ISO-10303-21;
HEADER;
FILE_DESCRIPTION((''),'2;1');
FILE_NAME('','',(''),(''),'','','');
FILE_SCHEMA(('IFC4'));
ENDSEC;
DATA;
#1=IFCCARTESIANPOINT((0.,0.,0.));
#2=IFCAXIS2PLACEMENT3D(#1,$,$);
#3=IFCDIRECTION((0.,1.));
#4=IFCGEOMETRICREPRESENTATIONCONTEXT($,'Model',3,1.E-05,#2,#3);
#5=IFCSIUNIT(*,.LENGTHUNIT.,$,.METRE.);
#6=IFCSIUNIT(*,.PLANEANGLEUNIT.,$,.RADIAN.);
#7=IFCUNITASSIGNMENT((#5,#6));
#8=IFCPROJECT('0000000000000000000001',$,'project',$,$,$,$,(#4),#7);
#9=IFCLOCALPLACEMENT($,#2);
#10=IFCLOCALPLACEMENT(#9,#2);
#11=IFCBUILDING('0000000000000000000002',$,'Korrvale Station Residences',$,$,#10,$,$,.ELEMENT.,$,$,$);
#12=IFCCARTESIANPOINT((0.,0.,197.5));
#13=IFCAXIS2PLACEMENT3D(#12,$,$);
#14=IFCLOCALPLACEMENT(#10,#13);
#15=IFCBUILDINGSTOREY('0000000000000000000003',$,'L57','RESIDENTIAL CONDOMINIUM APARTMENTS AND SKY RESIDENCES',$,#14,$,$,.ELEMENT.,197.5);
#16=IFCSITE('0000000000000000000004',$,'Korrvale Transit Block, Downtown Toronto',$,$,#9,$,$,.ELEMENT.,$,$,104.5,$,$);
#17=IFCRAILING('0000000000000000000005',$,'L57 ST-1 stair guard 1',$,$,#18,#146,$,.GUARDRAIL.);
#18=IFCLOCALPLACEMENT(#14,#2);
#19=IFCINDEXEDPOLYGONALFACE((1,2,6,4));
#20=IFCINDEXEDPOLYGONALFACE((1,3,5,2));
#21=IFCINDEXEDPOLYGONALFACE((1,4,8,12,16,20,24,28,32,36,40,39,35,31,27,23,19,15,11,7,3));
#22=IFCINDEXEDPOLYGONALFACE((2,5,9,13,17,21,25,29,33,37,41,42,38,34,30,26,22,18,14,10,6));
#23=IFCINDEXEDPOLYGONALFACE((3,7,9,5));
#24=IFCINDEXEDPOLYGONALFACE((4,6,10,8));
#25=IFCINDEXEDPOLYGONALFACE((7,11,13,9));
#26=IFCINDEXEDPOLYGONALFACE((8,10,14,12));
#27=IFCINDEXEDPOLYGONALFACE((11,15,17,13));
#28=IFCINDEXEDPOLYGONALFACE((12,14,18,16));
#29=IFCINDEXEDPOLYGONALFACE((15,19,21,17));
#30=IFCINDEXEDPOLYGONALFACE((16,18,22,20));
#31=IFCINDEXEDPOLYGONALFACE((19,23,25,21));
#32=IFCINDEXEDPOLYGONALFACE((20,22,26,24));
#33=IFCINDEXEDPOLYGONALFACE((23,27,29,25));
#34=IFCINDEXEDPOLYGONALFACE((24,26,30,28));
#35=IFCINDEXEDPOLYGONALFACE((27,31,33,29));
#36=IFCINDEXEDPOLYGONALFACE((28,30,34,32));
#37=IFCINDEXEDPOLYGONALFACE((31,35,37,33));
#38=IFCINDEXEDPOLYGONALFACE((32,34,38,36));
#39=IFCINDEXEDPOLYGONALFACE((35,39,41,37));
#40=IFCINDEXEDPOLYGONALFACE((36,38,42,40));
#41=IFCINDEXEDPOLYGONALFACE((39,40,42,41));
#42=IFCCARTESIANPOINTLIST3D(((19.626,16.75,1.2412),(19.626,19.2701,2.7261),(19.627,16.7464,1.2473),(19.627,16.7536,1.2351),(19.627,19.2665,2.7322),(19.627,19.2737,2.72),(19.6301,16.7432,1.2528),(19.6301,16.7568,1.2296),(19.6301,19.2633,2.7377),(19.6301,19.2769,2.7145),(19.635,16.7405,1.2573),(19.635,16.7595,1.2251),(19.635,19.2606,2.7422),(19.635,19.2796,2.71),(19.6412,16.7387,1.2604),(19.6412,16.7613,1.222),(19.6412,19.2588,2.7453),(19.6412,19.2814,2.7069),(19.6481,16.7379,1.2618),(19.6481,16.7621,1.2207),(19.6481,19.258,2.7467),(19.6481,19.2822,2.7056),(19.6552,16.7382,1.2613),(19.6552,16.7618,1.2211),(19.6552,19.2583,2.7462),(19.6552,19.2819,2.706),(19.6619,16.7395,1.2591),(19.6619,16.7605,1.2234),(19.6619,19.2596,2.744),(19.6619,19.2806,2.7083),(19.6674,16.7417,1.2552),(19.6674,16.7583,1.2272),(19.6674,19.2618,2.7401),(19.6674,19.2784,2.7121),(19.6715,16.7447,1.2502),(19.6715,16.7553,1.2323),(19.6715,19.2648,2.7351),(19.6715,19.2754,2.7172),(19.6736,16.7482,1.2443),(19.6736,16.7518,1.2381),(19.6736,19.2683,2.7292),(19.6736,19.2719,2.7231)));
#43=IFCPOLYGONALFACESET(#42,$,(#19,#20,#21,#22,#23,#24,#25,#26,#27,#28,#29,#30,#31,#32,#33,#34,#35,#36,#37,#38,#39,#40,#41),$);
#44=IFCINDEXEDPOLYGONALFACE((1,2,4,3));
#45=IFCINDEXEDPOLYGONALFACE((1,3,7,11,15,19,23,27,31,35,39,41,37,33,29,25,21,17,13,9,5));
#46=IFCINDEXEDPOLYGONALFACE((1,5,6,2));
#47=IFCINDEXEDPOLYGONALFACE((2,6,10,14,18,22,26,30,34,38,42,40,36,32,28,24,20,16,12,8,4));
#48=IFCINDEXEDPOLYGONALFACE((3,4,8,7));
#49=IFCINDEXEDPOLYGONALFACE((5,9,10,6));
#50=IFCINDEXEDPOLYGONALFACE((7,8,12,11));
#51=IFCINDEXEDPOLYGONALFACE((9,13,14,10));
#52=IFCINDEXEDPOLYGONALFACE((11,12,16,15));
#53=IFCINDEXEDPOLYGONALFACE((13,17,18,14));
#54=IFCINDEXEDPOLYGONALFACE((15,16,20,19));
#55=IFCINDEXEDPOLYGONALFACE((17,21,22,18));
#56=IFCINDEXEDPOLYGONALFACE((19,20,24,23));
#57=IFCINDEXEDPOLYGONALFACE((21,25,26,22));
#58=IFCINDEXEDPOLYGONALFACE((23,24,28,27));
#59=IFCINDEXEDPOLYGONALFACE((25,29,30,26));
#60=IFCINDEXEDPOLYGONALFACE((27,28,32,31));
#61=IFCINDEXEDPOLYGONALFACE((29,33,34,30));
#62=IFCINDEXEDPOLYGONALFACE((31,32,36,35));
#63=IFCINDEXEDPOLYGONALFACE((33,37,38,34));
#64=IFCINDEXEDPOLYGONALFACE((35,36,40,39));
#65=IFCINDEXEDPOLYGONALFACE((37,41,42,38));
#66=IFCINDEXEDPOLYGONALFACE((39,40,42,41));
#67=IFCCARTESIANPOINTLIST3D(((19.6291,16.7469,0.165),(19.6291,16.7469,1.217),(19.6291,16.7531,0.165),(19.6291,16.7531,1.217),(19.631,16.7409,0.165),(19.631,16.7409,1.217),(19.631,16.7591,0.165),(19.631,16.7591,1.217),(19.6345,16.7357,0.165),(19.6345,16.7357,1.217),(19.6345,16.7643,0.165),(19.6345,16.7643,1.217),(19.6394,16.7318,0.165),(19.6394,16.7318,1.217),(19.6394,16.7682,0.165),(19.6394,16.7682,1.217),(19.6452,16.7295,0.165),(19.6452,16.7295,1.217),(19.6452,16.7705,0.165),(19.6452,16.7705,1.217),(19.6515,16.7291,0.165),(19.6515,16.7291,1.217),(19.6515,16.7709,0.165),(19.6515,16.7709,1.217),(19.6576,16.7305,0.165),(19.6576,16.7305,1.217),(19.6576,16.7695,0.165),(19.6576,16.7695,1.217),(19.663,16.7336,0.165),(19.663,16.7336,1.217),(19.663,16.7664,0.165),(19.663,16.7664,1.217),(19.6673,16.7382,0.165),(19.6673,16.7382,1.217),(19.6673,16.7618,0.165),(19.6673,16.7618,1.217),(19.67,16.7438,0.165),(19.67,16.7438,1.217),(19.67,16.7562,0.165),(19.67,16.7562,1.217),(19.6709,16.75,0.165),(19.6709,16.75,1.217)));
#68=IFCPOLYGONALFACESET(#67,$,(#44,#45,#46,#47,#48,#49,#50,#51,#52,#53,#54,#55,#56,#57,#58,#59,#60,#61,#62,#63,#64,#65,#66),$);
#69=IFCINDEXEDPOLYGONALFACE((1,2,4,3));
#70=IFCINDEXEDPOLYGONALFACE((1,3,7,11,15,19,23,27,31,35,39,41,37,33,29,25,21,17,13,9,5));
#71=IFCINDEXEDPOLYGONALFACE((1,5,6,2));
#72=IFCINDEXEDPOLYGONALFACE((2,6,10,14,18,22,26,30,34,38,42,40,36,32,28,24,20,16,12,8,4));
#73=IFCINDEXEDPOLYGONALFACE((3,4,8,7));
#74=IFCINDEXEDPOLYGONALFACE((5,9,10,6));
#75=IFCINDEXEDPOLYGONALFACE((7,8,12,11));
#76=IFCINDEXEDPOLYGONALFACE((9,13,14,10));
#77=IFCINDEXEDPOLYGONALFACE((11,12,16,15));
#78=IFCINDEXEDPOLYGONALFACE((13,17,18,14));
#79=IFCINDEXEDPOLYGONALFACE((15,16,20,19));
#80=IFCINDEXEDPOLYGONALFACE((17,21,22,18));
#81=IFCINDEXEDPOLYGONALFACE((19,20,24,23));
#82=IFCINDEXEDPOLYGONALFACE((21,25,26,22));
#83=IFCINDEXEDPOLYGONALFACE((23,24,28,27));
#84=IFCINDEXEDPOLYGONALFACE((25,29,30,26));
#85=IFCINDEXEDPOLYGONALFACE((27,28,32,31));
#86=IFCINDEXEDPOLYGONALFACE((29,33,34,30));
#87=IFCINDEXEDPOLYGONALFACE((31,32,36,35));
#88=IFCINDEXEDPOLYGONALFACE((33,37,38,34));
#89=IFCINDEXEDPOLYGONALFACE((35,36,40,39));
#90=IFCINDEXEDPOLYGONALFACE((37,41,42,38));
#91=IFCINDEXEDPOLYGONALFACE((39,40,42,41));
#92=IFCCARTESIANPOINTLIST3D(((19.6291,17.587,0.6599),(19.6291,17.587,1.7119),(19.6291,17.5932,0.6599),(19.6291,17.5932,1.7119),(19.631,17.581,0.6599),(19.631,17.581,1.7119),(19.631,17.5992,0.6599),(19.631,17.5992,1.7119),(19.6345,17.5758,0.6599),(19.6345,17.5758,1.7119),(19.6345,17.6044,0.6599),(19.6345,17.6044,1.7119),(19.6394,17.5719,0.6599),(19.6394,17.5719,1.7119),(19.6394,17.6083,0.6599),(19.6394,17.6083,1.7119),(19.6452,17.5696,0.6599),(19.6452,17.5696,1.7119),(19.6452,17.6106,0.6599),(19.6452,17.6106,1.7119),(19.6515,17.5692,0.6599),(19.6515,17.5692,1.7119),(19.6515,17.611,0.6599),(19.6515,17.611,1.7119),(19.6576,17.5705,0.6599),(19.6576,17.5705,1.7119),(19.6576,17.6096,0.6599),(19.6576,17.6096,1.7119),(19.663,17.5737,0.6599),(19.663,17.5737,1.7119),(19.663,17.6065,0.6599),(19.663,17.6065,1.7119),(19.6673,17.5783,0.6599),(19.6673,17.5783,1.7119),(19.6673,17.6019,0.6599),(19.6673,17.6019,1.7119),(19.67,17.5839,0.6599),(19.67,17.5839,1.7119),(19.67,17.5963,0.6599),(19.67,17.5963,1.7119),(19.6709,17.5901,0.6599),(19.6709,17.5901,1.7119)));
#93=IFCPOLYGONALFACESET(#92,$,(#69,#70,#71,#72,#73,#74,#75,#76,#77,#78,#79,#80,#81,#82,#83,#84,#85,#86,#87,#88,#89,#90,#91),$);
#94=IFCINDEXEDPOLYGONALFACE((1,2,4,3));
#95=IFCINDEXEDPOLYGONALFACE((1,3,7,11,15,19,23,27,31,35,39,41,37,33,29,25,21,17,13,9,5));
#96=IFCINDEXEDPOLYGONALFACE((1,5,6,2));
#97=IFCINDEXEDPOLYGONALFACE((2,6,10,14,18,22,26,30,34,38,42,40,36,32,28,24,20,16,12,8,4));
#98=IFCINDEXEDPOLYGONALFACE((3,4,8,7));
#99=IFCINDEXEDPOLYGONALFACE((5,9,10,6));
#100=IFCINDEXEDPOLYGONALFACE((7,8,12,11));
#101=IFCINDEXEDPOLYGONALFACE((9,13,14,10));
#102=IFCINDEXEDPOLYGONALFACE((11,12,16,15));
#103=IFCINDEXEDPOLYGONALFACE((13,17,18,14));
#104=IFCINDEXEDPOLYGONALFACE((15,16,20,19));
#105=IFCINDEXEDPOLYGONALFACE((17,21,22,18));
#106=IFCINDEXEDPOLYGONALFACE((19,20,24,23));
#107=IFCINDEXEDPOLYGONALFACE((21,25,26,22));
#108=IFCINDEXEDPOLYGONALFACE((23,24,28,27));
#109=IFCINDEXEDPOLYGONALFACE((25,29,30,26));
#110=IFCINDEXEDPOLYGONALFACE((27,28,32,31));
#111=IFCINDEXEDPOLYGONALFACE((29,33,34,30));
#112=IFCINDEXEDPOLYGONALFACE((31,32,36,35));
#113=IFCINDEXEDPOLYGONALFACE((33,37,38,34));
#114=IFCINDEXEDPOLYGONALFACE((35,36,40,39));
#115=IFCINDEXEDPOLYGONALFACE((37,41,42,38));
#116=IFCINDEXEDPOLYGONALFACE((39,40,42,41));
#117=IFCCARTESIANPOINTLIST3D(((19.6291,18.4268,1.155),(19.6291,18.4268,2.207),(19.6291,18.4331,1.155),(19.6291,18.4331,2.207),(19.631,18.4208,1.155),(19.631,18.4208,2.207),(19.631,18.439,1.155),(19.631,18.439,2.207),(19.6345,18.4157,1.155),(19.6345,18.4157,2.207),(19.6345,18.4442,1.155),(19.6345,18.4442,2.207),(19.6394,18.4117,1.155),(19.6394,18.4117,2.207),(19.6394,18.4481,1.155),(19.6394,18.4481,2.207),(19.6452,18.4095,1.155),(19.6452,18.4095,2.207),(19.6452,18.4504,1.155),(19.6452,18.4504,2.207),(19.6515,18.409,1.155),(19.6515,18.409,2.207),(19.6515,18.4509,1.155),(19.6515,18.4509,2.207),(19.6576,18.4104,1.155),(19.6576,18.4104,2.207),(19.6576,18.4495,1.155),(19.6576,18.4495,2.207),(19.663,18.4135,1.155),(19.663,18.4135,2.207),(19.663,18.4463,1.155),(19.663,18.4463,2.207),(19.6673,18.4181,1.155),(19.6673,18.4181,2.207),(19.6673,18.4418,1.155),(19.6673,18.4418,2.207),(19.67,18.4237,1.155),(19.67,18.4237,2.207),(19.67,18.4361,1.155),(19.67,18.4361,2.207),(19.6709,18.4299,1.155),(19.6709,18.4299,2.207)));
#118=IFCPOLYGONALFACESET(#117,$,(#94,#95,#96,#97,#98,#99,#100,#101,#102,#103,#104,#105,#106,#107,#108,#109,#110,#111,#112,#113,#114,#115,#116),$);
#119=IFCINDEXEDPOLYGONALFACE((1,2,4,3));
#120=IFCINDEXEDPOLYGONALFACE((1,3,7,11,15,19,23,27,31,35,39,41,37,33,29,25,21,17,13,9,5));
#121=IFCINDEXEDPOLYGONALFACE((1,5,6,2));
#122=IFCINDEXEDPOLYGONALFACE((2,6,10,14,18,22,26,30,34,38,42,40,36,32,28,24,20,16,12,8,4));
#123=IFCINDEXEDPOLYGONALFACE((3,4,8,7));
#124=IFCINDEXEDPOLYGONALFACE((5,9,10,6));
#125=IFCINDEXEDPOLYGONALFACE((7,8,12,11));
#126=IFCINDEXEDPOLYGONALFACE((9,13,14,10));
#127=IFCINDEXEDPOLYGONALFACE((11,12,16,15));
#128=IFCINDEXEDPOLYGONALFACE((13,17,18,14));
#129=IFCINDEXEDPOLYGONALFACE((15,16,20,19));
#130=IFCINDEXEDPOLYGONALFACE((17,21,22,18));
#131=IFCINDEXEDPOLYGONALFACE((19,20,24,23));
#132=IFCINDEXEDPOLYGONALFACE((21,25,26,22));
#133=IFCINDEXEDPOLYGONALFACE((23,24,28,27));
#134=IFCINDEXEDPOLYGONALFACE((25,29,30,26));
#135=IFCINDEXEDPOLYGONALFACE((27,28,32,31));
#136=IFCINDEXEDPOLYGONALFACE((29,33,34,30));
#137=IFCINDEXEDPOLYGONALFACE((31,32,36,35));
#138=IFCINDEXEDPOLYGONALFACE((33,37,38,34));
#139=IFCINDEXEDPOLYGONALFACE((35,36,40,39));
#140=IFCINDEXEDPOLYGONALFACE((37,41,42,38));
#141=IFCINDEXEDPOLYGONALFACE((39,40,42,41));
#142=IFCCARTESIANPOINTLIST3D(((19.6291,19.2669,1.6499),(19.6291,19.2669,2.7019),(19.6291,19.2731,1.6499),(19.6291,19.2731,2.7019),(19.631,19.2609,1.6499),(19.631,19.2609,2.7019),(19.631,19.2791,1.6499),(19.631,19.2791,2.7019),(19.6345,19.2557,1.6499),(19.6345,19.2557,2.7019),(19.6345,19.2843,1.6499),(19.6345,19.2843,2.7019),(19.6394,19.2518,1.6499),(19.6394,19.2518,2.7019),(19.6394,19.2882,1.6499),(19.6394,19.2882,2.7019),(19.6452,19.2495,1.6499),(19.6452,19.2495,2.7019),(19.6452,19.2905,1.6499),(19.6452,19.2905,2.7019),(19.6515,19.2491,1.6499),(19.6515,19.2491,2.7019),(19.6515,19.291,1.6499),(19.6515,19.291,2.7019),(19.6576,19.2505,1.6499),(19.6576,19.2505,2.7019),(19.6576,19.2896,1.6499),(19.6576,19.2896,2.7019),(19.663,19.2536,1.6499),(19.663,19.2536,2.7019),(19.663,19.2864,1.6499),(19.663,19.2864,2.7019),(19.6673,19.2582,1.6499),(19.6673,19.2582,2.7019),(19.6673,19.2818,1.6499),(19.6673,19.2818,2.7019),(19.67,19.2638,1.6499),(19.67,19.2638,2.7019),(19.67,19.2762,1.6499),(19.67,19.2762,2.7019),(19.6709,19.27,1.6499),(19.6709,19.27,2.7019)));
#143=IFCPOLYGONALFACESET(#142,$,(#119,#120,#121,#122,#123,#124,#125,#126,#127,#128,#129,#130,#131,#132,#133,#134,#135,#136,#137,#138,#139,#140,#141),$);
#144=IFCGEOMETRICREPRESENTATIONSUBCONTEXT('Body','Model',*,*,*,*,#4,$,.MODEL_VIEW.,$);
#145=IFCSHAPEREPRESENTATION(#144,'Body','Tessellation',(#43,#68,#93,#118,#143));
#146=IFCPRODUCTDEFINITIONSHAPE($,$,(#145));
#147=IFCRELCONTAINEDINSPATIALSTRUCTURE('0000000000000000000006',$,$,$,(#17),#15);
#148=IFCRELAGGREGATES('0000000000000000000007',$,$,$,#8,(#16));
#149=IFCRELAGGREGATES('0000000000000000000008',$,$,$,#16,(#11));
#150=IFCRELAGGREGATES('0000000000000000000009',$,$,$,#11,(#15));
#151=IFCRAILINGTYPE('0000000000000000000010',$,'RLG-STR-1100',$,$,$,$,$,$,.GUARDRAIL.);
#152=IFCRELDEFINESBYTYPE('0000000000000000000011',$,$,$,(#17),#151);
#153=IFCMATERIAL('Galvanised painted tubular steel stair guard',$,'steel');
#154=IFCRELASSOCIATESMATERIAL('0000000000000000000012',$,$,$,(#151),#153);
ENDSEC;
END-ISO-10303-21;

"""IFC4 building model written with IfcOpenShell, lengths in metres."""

from ifc_helpers import new_model, si_unit, direction, frame, origin, origin_2d, place, context, subcontext, project, spatial, circle, extrude, material, type_object, element, save


model = new_model("IFC4")

# Units and contexts
model_context = context("Model", 3, precision=1e-05, world=origin(), true_north=direction((0.0, 1.0)))
body_context = subcontext(model_context, "Body", "Model", "MODEL_VIEW")
ifc_project = project(units=[si_unit("LENGTHUNIT", "METRE"), si_unit("PLANEANGLEUNIT", "RADIAN")], contexts=[model_context])

# Site, building, storey
site_placement = place(None, origin())
site = spatial("IfcSite", under=ifc_project, at=site_placement, Name="Korrvale Transit Block, Downtown Toronto", CompositionType="ELEMENT", RefElevation=104.5)
building_placement = place(site_placement, origin())
building = spatial("IfcBuilding", under=site, at=building_placement, Name="Korrvale Station Residences", CompositionType="ELEMENT")
storey_placement = place(building_placement, frame((0.0, 0.0, 197.5)))
storey = spatial("IfcBuildingStorey", under=building, at=storey_placement, Name="L57", Description="RESIDENTIAL CONDOMINIUM APARTMENTS AND SKY RESIDENCES", CompositionType="ELEMENT", Elevation=197.5)

# Railing
ifc_material_1 = material(Name="Galvanised painted tubular steel stair guard", Category="steel")
railing_type_1 = type_object("IfcRailingType", Name="RLG-STR-1100", PredefinedType="GUARDRAIL", material=ifc_material_1)
railing_1_placement = place(storey_placement, frame((19.6499, 16.75, 0.165)))
element("IfcRailing", 1, at=railing_1_placement, inside=storey, type_object=railing_type_1, Name="L57 ST-1 stair guard 1", PredefinedType="GUARDRAIL", context=body_context, shape_type="SweptSolid", body=[
    extrude(circle(Radius=0.0239, at=origin_2d()), frame((0.0, 0.0, 1.0762), z_axis=(0.0, 0.861561, 0.507655), x_axis=(-1.0, 0.0, 0.0)), (0.0, 0.0, 1.0), 2.925),
    extrude(circle(Radius=0.021, at=origin_2d()), origin(), (0.0, 0.0, 1.0), 1.052),
    extrude(circle(Radius=0.021, at=origin_2d()), frame((0.0, 0.8401, 0.4949)), (0.0, 0.0, 1.0), 1.052),
    extrude(circle(Radius=0.021, at=origin_2d()), frame((0.0, 1.6799, 0.99)), (0.0, 0.0, 1.0), 1.052),
    extrude(circle(Radius=0.021, at=origin_2d()), frame((0.0, 2.52, 1.4849)), (0.0, 0.0, 1.0), 1.052),
])

save(model, "model.ifc")
